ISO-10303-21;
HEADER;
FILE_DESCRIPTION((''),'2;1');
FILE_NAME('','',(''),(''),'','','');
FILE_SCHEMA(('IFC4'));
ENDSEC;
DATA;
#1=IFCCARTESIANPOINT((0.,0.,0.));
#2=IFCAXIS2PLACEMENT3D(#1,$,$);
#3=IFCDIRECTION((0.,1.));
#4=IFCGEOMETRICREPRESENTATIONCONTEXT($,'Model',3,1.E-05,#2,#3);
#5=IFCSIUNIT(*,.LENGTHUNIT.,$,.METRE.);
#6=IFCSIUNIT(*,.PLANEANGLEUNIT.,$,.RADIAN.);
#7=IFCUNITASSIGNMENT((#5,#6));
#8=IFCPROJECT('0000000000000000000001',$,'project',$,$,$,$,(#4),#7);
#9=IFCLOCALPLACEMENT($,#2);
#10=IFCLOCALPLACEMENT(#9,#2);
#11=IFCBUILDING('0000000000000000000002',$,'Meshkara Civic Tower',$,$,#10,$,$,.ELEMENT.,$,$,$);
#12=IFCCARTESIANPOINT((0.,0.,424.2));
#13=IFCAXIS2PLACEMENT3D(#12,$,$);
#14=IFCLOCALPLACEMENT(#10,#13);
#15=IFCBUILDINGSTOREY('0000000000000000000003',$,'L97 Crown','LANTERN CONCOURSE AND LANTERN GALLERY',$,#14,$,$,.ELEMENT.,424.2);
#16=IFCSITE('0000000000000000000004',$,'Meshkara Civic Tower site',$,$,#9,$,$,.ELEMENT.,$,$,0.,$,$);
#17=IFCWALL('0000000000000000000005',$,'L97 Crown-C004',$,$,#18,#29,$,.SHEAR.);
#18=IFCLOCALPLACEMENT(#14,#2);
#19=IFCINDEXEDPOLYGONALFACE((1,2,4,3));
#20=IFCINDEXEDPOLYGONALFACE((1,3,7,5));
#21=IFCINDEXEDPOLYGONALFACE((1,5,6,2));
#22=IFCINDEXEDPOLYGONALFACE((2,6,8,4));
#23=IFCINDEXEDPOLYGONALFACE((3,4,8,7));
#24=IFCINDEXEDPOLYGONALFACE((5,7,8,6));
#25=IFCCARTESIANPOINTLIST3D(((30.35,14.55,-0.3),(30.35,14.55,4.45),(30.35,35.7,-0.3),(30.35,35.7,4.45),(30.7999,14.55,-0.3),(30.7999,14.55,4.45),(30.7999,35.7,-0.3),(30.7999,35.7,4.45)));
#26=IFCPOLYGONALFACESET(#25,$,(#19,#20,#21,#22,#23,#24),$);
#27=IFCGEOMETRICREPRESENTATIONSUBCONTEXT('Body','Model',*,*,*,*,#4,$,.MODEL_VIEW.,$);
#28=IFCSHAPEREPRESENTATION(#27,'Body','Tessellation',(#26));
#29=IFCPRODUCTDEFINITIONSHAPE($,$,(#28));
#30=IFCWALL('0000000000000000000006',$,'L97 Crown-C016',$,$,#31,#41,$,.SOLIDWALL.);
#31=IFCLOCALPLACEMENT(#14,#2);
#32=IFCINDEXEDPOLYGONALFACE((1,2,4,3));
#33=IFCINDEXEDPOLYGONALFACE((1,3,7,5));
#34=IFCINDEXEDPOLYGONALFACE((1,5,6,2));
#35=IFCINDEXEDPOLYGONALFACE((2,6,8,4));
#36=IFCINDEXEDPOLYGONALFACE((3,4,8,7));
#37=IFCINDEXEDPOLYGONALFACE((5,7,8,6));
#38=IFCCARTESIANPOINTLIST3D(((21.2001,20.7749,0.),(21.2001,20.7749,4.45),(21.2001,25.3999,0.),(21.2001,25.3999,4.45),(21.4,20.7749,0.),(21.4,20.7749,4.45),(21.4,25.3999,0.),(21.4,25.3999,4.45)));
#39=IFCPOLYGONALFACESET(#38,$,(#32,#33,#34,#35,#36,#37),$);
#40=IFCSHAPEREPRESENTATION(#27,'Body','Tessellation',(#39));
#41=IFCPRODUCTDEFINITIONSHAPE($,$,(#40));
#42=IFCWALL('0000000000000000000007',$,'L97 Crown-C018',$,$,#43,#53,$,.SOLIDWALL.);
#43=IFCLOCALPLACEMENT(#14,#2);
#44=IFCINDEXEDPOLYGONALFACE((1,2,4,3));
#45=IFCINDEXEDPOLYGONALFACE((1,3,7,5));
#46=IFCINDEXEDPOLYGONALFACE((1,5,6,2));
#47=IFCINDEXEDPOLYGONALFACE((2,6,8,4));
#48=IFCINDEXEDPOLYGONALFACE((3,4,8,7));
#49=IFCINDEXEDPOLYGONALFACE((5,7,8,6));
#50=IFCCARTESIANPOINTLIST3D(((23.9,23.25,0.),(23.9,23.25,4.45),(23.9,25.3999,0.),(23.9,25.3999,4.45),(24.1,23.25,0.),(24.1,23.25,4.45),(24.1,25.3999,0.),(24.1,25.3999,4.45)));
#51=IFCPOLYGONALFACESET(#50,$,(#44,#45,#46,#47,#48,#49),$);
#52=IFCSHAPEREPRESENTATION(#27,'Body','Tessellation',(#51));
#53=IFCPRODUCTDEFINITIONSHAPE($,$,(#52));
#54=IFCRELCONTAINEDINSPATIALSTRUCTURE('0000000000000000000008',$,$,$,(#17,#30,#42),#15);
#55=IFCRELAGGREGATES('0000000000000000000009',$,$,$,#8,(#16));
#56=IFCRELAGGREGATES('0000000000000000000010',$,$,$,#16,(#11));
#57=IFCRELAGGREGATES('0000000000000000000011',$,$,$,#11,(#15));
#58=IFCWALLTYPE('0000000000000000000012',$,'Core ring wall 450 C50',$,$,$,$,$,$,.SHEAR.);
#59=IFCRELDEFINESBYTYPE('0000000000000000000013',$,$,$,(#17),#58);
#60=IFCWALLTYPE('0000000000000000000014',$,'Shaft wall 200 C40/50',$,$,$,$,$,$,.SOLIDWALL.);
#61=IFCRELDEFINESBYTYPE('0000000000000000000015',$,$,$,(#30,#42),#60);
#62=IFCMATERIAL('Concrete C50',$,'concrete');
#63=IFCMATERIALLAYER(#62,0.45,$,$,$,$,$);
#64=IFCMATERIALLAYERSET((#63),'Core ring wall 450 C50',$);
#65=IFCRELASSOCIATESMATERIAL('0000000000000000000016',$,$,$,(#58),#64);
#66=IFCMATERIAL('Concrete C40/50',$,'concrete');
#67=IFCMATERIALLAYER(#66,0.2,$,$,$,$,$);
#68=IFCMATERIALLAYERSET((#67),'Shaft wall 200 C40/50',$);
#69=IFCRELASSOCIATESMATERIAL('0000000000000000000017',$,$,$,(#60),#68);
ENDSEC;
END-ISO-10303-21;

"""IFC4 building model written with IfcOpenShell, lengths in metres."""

from ifc_helpers import new_model, si_unit, direction, frame, frame_2d, origin, place, context, subcontext, project, spatial, rectangle, extrude, material, layer, layer_set, type_object, element, save


model = new_model("IFC4")

# Units and contexts
model_context = context("Model", 3, precision=1e-05, world=origin(), true_north=direction((0.0, 1.0)))
body_context = subcontext(model_context, "Body", "Model", "MODEL_VIEW")
ifc_project = project(units=[si_unit("LENGTHUNIT", "METRE"), si_unit("PLANEANGLEUNIT", "RADIAN")], contexts=[model_context])

# Site, building, storey
site_placement = place(None, origin())
site = spatial("IfcSite", under=ifc_project, at=site_placement, Name="Meshkara Civic Tower site", CompositionType="ELEMENT", RefElevation=0.0)
building_placement = place(site_placement, origin())
building = spatial("IfcBuilding", under=site, at=building_placement, Name="Meshkara Civic Tower", CompositionType="ELEMENT")
storey_placement = place(building_placement, frame((0.0, 0.0, 424.2)))
storey = spatial("IfcBuildingStorey", under=building, at=storey_placement, Name="L97 Crown", Description="LANTERN CONCOURSE AND LANTERN GALLERY", CompositionType="ELEMENT", Elevation=424.2)

# Walls
ifc_material_1 = material(Name="Concrete C50", Category="concrete")
ifc_layer_1 = layer(ifc_material_1, 0.45)
ifc_layer_set_1 = layer_set([ifc_layer_1], Name="Core ring wall 450 C50")
wall_type_1 = type_object("IfcWallType", Name="Core ring wall 450 C50", PredefinedType="SHEAR", material=ifc_layer_set_1)
wall_1_placement = place(storey_placement, frame((30.575, 14.55, -0.3), z_axis=(0.0, 0.0, 1.0), x_axis=(0.0, 1.0, 0.0)))
element("IfcWall", 1, at=wall_1_placement, inside=storey, type_object=wall_type_1, Name="L97 Crown-C004", PredefinedType="SHEAR", context=body_context, shape_type="SweptSolid", body=[
    extrude(rectangle(XDim=21.1499, YDim=0.45, at=frame_2d((10.575, 0.0))), origin(), (0.0, 0.0, 1.0), 4.75),
])
ifc_material_2 = material(Name="Concrete C40/50", Category="concrete")
ifc_layer_2 = layer(ifc_material_2, 0.2)
ifc_layer_set_2 = layer_set([ifc_layer_2], Name="Shaft wall 200 C40/50")
wall_type_2 = type_object("IfcWallType", Name="Shaft wall 200 C40/50", PredefinedType="SOLIDWALL", material=ifc_layer_set_2)
wall_2_placement = place(storey_placement, frame((21.3, 20.7749, 0.0), z_axis=(0.0, 0.0, 1.0), x_axis=(0.0, 1.0, 0.0)))
element("IfcWall", 2, at=wall_2_placement, inside=storey, type_object=wall_type_2, Name="L97 Crown-C016", PredefinedType="SOLIDWALL", context=body_context, shape_type="SweptSolid", body=[
    extrude(rectangle(XDim=4.625, YDim=0.2, at=frame_2d((2.3125, 0.0))), origin(), (0.0, 0.0, 1.0), 4.45),
])
wall_3_placement = place(storey_placement, frame((24.0, 23.25, 0.0), z_axis=(0.0, 0.0, 1.0), x_axis=(0.0, 1.0, 0.0)))
element("IfcWall", 3, at=wall_3_placement, inside=storey, type_object=wall_type_2, Name="L97 Crown-C018", PredefinedType="SOLIDWALL", context=body_context, shape_type="SweptSolid", body=[
    extrude(rectangle(XDim=2.1499, YDim=0.2, at=frame_2d((1.075, 0.0))), origin(), (0.0, 0.0, 1.0), 4.45),
])

save(model, "model.ifc")
